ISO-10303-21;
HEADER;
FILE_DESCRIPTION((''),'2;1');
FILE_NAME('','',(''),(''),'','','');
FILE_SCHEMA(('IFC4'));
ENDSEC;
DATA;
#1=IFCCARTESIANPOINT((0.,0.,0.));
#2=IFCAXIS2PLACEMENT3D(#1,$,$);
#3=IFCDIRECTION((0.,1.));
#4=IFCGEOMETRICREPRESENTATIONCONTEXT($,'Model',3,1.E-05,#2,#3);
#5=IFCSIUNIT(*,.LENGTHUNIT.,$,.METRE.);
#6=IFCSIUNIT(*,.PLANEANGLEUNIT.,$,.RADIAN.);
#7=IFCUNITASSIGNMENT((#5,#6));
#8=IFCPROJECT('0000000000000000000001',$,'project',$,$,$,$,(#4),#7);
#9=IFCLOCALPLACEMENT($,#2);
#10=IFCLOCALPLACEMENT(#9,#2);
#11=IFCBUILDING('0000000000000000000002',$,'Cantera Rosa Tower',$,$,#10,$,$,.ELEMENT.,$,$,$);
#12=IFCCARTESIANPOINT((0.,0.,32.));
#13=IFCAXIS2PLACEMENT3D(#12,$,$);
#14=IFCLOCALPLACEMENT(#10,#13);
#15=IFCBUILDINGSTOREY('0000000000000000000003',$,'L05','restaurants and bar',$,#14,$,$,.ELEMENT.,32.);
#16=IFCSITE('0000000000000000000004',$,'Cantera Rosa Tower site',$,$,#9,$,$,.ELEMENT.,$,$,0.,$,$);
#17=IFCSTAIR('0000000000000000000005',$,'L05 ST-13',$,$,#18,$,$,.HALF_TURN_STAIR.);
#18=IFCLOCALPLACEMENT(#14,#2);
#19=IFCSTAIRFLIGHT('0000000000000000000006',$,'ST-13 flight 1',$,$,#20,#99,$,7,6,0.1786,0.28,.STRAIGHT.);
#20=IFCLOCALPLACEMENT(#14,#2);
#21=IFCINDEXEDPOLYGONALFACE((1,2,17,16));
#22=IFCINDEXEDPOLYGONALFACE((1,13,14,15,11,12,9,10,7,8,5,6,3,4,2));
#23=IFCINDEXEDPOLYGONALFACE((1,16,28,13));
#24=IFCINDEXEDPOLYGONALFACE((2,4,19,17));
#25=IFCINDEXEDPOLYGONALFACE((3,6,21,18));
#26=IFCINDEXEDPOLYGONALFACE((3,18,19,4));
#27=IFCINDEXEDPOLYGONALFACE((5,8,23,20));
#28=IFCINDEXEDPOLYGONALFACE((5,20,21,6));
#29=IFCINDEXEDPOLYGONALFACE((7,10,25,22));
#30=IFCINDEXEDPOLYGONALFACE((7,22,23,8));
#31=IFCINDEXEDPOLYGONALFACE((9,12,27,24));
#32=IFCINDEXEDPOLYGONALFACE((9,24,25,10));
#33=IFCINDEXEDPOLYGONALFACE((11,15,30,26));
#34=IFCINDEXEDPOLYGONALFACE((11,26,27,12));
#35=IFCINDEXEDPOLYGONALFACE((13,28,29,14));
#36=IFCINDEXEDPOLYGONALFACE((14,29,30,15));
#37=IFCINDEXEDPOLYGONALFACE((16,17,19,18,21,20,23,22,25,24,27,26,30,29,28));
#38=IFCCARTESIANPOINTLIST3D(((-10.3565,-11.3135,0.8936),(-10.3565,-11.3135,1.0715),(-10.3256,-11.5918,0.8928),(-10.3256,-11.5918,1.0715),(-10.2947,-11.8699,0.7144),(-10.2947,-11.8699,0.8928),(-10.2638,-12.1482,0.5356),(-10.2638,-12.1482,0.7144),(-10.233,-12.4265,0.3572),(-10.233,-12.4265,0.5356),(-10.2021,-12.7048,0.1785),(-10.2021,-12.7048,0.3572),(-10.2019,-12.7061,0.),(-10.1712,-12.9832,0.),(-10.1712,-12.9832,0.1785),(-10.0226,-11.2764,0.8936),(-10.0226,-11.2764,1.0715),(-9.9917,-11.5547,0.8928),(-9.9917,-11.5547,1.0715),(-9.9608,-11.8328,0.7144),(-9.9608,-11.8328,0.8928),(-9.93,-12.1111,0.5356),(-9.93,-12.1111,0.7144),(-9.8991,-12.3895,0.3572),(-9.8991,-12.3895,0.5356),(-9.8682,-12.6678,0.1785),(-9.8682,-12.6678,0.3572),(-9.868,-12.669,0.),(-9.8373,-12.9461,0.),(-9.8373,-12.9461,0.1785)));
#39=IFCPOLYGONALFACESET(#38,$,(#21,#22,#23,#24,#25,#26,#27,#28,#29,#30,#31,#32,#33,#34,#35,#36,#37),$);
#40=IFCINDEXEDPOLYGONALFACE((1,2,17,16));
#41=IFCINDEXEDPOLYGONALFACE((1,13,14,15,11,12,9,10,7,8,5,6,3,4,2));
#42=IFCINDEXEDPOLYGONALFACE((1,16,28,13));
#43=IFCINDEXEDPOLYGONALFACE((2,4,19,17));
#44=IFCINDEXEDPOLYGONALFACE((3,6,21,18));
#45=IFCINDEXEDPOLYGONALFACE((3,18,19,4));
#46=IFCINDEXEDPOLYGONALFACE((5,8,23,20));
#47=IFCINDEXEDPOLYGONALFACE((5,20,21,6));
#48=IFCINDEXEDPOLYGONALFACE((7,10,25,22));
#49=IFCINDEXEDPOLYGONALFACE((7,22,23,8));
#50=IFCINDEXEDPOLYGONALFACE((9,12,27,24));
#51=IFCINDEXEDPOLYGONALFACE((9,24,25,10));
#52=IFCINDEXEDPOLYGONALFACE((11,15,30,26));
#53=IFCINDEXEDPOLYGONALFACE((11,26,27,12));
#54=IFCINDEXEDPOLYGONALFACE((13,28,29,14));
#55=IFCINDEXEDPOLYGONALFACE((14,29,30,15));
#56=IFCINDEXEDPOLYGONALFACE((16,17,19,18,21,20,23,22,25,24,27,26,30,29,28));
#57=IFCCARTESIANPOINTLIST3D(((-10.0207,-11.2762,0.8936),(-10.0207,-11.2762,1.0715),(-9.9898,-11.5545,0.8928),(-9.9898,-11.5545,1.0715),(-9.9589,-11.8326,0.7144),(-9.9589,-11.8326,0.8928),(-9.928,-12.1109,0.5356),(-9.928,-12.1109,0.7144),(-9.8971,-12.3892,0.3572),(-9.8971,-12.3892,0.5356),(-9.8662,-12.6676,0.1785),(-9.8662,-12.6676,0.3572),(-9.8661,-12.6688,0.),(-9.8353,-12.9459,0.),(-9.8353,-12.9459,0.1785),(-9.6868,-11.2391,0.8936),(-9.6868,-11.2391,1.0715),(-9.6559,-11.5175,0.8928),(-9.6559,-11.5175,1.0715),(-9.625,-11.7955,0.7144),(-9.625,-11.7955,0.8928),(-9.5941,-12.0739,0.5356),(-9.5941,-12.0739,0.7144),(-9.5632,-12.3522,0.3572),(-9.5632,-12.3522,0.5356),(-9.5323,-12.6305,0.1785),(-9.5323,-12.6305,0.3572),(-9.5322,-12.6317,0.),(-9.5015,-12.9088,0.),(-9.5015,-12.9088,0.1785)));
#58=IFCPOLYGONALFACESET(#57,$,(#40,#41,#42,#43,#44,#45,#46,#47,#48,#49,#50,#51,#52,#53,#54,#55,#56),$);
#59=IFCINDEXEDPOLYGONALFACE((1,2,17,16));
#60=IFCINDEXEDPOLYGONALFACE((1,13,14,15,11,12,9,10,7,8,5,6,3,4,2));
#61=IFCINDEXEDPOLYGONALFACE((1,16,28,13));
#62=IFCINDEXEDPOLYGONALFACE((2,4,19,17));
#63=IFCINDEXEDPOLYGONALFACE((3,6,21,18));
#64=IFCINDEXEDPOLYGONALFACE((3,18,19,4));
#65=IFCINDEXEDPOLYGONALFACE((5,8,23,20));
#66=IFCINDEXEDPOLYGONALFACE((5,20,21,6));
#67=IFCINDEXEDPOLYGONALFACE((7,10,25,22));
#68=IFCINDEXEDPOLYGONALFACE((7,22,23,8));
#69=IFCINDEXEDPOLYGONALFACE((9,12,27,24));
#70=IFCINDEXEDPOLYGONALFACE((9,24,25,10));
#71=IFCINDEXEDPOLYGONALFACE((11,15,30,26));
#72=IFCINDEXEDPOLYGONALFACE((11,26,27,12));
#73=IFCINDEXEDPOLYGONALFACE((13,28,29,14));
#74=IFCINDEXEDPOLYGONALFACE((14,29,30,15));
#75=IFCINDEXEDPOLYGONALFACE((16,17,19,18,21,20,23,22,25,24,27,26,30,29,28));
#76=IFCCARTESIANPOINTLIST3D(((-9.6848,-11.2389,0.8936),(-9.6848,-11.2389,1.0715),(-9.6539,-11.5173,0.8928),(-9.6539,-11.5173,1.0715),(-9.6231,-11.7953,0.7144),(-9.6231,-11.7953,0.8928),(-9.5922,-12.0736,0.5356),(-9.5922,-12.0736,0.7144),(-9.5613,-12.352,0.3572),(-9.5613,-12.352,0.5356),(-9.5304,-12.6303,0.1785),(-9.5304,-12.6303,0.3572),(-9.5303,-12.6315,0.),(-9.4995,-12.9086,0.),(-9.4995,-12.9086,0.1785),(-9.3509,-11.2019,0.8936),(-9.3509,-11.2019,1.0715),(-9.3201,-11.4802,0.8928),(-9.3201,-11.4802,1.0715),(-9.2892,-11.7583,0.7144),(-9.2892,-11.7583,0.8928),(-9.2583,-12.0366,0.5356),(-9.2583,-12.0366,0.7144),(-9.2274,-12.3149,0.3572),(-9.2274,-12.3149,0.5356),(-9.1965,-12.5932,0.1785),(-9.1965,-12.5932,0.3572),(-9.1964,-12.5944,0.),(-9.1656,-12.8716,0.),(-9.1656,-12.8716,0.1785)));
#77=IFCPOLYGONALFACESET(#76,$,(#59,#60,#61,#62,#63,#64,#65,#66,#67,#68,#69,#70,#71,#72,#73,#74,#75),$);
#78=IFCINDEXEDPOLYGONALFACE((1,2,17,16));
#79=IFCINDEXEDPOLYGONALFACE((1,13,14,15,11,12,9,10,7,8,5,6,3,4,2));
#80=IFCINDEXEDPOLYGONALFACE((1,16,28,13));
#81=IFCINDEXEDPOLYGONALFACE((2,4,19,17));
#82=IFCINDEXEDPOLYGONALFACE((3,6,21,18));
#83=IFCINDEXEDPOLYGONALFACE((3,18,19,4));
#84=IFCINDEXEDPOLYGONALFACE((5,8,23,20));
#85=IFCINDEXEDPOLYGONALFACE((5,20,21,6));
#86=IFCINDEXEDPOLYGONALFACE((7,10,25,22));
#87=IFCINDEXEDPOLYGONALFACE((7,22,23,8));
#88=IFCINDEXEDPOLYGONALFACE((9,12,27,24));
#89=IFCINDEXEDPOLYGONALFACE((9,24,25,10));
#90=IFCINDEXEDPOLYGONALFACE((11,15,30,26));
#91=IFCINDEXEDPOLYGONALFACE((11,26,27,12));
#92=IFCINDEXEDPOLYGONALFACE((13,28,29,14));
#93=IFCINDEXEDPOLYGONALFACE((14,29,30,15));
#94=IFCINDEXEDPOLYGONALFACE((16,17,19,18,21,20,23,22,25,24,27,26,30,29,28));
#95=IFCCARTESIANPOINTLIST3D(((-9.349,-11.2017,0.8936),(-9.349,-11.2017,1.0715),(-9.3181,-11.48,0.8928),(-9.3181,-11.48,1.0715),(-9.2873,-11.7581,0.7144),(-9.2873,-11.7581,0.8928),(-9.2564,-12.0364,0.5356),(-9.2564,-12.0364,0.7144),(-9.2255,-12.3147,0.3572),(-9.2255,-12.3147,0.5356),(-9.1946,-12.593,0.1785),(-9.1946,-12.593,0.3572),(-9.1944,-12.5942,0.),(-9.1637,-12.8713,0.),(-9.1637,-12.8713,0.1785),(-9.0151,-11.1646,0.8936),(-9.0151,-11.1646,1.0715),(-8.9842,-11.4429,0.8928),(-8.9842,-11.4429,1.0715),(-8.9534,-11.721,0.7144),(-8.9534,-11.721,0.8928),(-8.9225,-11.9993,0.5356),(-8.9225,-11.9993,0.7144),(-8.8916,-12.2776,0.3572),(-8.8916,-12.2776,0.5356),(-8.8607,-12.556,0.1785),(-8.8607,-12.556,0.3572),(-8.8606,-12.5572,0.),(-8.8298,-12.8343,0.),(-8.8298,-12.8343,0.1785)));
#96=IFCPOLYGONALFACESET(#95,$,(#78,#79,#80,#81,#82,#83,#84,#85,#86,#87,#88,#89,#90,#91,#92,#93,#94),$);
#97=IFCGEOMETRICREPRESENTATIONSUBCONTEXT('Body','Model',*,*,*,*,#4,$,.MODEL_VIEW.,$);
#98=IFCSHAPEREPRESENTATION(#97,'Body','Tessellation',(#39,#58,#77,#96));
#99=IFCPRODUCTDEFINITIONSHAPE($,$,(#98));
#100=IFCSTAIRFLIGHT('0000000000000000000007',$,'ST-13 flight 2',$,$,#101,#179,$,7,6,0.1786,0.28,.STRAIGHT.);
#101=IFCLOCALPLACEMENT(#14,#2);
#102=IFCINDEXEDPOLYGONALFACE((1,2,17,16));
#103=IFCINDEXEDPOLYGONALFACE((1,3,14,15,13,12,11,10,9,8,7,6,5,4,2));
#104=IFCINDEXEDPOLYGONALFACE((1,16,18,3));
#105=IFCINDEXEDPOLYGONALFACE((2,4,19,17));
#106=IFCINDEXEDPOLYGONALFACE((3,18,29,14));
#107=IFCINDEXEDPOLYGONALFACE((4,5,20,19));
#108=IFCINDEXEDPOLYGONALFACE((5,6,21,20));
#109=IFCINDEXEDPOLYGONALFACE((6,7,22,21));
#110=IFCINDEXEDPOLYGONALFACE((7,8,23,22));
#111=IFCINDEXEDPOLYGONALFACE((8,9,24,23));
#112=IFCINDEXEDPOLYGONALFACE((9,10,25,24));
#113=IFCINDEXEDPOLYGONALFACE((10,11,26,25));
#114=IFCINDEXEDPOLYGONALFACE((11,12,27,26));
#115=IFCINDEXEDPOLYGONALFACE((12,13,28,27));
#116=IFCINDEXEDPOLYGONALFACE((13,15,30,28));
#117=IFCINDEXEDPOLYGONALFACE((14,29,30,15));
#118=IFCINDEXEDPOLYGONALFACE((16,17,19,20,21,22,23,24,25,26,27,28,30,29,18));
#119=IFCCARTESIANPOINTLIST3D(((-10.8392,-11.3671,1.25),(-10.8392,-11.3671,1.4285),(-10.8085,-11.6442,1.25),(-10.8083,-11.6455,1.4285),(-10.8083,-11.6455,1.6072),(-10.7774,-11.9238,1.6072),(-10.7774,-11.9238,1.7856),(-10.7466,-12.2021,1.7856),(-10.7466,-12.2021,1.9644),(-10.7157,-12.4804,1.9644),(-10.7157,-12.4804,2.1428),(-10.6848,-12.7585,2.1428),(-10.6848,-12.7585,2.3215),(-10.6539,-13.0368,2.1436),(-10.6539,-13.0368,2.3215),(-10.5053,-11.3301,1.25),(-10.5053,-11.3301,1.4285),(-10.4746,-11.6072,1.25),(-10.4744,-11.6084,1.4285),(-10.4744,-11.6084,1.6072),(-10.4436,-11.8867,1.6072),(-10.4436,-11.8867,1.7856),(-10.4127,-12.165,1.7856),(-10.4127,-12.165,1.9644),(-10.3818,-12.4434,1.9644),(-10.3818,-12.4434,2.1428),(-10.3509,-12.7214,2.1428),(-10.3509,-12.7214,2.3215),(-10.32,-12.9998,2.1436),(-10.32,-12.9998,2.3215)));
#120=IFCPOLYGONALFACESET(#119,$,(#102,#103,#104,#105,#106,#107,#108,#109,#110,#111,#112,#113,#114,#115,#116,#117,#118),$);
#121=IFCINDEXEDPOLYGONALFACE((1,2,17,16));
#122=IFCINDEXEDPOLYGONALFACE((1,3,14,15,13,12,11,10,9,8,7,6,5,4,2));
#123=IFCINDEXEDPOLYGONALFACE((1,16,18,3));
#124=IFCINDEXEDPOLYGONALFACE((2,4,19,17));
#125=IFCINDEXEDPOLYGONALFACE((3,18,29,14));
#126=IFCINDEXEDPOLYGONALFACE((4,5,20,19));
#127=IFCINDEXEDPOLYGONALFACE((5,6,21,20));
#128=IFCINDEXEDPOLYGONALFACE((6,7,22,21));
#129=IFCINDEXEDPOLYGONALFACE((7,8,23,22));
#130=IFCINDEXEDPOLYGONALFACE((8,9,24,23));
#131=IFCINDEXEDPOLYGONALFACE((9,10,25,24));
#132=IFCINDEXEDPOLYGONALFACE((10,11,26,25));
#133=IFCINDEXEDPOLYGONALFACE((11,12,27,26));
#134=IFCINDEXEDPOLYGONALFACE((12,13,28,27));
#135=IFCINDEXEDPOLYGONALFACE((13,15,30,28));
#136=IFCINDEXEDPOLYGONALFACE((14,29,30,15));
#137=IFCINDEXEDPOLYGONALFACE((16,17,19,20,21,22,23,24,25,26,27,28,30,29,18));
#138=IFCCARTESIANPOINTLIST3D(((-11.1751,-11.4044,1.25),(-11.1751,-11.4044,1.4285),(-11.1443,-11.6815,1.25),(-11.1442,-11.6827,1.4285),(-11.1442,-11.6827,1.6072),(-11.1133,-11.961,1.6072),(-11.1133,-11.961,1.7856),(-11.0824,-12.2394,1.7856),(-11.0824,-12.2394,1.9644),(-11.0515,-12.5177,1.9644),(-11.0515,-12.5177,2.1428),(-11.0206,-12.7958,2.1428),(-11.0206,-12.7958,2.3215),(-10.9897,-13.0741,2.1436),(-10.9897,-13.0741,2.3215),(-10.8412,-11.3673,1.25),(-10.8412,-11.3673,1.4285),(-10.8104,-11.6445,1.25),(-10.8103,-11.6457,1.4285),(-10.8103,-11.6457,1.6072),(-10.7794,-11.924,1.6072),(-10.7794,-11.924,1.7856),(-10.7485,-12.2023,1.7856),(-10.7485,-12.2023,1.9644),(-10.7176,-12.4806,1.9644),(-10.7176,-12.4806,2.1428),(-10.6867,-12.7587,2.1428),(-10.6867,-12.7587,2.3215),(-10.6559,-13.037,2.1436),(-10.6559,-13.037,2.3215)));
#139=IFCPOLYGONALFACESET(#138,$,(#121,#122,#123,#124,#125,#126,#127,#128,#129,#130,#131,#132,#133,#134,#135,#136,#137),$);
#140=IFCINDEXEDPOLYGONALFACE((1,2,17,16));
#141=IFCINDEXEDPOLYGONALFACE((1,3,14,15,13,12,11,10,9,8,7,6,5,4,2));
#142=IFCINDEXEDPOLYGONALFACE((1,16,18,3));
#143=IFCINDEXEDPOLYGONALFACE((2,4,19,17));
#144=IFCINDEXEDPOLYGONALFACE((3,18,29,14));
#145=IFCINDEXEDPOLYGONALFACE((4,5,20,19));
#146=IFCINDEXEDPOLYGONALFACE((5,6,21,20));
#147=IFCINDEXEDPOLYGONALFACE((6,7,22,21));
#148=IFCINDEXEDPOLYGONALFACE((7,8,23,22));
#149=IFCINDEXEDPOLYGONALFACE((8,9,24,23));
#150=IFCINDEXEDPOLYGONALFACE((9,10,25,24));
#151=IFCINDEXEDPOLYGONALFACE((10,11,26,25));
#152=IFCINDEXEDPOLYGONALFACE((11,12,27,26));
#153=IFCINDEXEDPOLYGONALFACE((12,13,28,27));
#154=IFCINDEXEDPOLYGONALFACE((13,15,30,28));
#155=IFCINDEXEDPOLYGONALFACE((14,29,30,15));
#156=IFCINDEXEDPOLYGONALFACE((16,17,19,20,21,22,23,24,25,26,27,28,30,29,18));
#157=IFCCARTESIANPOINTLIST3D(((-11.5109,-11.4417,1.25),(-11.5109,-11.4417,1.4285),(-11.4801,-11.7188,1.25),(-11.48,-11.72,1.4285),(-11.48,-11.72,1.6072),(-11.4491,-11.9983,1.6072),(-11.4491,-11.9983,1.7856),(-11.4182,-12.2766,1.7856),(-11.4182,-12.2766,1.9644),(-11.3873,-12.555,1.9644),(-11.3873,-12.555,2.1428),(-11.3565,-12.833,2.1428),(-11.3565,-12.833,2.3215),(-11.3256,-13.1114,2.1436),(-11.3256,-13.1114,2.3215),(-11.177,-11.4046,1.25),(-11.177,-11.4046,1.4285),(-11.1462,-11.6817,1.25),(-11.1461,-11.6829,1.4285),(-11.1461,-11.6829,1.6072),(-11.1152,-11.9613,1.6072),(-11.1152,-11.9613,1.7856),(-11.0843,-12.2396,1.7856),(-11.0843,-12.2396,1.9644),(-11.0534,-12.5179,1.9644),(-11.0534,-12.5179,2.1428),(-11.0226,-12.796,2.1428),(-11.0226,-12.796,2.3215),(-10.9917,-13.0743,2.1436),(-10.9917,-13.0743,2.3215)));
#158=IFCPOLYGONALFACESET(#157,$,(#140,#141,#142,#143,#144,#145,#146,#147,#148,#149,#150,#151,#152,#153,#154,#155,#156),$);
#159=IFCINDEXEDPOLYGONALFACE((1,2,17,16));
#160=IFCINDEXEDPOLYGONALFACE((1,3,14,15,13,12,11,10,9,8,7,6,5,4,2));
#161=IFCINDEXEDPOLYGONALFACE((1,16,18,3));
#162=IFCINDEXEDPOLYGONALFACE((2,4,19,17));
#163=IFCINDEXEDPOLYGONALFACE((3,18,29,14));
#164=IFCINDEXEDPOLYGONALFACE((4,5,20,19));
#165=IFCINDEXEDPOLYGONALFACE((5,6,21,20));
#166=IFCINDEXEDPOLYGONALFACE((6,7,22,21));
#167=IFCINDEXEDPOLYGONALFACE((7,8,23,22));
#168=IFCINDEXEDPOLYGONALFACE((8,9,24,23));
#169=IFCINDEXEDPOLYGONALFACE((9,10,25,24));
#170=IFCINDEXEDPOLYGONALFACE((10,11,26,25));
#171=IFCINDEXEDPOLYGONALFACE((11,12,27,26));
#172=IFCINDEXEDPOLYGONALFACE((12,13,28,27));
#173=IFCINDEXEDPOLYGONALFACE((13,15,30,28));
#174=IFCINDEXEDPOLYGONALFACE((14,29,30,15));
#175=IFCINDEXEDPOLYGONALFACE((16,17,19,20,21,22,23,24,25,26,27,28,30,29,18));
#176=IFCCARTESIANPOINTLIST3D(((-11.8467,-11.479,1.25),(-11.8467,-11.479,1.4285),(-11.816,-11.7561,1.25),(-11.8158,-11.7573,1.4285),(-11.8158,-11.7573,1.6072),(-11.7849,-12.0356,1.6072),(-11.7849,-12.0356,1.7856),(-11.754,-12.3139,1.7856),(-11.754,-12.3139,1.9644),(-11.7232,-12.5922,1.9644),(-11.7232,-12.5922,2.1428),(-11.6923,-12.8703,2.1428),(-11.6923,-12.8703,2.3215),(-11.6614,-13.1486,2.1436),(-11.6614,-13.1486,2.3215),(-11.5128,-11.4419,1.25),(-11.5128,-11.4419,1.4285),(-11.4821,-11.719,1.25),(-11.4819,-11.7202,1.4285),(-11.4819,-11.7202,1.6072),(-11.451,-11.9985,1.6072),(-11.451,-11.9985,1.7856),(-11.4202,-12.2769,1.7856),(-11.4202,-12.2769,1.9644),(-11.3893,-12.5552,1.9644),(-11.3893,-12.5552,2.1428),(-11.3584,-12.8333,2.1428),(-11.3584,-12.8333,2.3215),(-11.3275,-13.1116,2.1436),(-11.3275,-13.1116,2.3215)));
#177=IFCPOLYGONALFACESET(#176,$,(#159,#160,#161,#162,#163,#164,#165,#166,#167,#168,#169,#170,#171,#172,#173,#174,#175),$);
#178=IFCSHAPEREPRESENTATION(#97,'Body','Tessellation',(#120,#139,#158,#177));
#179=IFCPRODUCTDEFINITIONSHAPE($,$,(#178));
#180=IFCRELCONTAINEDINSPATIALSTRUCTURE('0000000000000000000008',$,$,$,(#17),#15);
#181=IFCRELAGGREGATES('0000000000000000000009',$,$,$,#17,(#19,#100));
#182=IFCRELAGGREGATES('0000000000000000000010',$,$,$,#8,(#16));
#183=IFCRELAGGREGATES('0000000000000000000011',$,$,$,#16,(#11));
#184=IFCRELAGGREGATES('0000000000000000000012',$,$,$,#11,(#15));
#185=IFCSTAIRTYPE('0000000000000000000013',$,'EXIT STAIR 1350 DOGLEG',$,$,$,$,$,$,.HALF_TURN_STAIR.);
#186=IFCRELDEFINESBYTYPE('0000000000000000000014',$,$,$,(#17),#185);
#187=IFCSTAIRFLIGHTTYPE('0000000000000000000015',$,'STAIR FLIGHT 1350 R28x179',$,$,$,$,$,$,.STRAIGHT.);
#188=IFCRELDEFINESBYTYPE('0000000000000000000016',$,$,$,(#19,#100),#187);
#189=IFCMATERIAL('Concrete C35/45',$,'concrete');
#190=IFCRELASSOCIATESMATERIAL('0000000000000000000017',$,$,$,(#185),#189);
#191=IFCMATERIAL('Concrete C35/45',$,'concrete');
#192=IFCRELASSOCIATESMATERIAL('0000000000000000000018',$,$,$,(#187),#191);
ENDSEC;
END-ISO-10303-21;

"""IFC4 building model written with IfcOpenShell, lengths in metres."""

from ifc_helpers import new_model, si_unit, direction, frame, origin, place, context, subcontext, project, spatial, polyline, outline, extrude, material, type_object, element, aggregate, save


model = new_model("IFC4")

# Units and contexts
model_context = context("Model", 3, precision=1e-05, world=origin(), true_north=direction((0.0, 1.0)))
body_context = subcontext(model_context, "Body", "Model", "MODEL_VIEW")
ifc_project = project(units=[si_unit("LENGTHUNIT", "METRE"), si_unit("PLANEANGLEUNIT", "RADIAN")], contexts=[model_context])

# Site, building, storey
site_placement = place(None, origin())
site = spatial("IfcSite", under=ifc_project, at=site_placement, Name="Cantera Rosa Tower site", CompositionType="ELEMENT", RefElevation=0.0)
building_placement = place(site_placement, origin())
building = spatial("IfcBuilding", under=site, at=building_placement, Name="Cantera Rosa Tower", CompositionType="ELEMENT")
storey_placement = place(building_placement, frame((0.0, 0.0, 32.0)))
storey = spatial("IfcBuildingStorey", under=building, at=storey_placement, Name="L05", Description="restaurants and bar", CompositionType="ELEMENT", Elevation=32.0)

# Stair, stair flights
ifc_material_1 = material(Name="Concrete C35/45", Category="concrete")
stair_type = type_object("IfcStairType", Name="EXIT STAIR 1350 DOGLEG", PredefinedType="HALF_TURN_STAIR", material=ifc_material_1)
stair_placement = place(storey_placement, origin())
stair = element("IfcStair", 1, at=stair_placement, inside=storey, type_object=stair_type, Name="L05 ST-13", PredefinedType="HALF_TURN_STAIR")
ifc_material_2 = material(Name="Concrete C35/45", Category="concrete")
stair_flight_type = type_object("IfcStairFlightType", Name="STAIR FLIGHT 1350 R28x179", PredefinedType="STRAIGHT", material=ifc_material_2)
stair_flight_1_placement = place(storey_placement, frame((-9.5002, -12.9087, 0.0), z_axis=(0.0, 0.0, 1.0), x_axis=(-0.110313, 0.993897, 0.0)))
stair_flight_1 = element("IfcStairFlight", 2, at=stair_flight_1_placement, type_object=stair_flight_type, Name="ST-13 flight 1", NumberOfRisers=7, NumberOfTreads=6, PredefinedType="STRAIGHT", RiserHeight=0.1786, TreadLength=0.28, context=body_context, shape_type="SweptSolid", body=[
    extrude(outline(polyline([(0.0, 0.0), (0.0, 0.1785), (0.28, 0.1785), (0.28, 0.3572), (0.5601, 0.3572), (0.5601, 0.5356), (0.8401, 0.5356), (0.8401, 0.7144), (1.1201, 0.7144), (1.1201, 0.8928), (1.3999, 0.8928), (1.3999, 1.0715), (1.6799, 1.0715), (1.6799, 1.25), (1.6799, 0.8936), (0.2788, 0.0), (0.0, 0.0)])), frame((0.0, 0.675, 0.0), z_axis=(0.0, -1.0, 0.0), x_axis=(1.0, 0.0, 0.0)), (0.0, 0.0, 1.0), 0.3359),
    extrude(outline(polyline([(0.0, 0.0), (0.0, 0.1785), (0.28, 0.1785), (0.28, 0.3572), (0.5601, 0.3572), (0.5601, 0.5356), (0.8401, 0.5356), (0.8401, 0.7144), (1.1201, 0.7144), (1.1201, 0.8928), (1.3999, 0.8928), (1.3999, 1.0715), (1.6799, 1.0715), (1.6799, 1.25), (1.6799, 0.8936), (0.2788, 0.0), (0.0, 0.0)])), frame((0.0, 0.3372, 0.0), z_axis=(0.0, -1.0, 0.0), x_axis=(1.0, 0.0, 0.0)), (0.0, 0.0, 1.0), 0.3359),
    extrude(outline(polyline([(0.0, 0.0), (0.0, 0.1785), (0.28, 0.1785), (0.28, 0.3572), (0.5601, 0.3572), (0.5601, 0.5356), (0.8401, 0.5356), (0.8401, 0.7144), (1.1201, 0.7144), (1.1201, 0.8928), (1.3999, 0.8928), (1.3999, 1.0715), (1.6799, 1.0715), (1.6799, 1.25), (1.6799, 0.8936), (0.2788, 0.0), (0.0, 0.0)])), frame((0.0, -0.0007, 0.0), z_axis=(0.0, -1.0, 0.0), x_axis=(1.0, 0.0, 0.0)), (0.0, 0.0, 1.0), 0.3359),
    extrude(outline(polyline([(0.0, 0.0), (0.0, 0.1785), (0.28, 0.1785), (0.28, 0.3572), (0.5601, 0.3572), (0.5601, 0.5356), (0.8401, 0.5356), (0.8401, 0.7144), (1.1201, 0.7144), (1.1201, 0.8928), (1.3999, 0.8928), (1.3999, 1.0715), (1.6799, 1.0715), (1.6799, 1.25), (1.6799, 0.8936), (0.2788, 0.0), (0.0, 0.0)])), frame((0.0, -0.3386, 0.0), z_axis=(0.0, -1.0, 0.0), x_axis=(1.0, 0.0, 0.0)), (0.0, 0.0, 1.0), 0.3359),
])
stair_flight_2_placement = place(storey_placement, frame((-11.1763, -11.4045, 1.25), z_axis=(0.0, 0.0, 1.0), x_axis=(0.110313, -0.993897, 0.0)))
stair_flight_2 = element("IfcStairFlight", 3, at=stair_flight_2_placement, type_object=stair_flight_type, Name="ST-13 flight 2", NumberOfRisers=7, NumberOfTreads=6, PredefinedType="STRAIGHT", RiserHeight=0.1786, TreadLength=0.28, context=body_context, shape_type="SweptSolid", body=[
    extrude(outline(polyline([(0.0, 0.0), (0.0, 0.1785), (0.28, 0.1785), (0.28, 0.3572), (0.5601, 0.3572), (0.5601, 0.5356), (0.8401, 0.5356), (0.8401, 0.7144), (1.1201, 0.7144), (1.1201, 0.8928), (1.3999, 0.8928), (1.3999, 1.0715), (1.6799, 1.0715), (1.6799, 1.25), (1.6799, 0.8936), (0.2788, 0.0), (0.0, 0.0)])), frame((0.0, 0.675, 0.0), z_axis=(0.0, -1.0, 0.0), x_axis=(1.0, 0.0, 0.0)), (0.0, 0.0, 1.0), 0.3359),
    extrude(outline(polyline([(0.0, 0.0), (0.0, 0.1785), (0.28, 0.1785), (0.28, 0.3572), (0.5601, 0.3572), (0.5601, 0.5356), (0.8401, 0.5356), (0.8401, 0.7144), (1.1201, 0.7144), (1.1201, 0.8928), (1.3999, 0.8928), (1.3999, 1.0715), (1.6799, 1.0715), (1.6799, 1.25), (1.6799, 0.8936), (0.2788, 0.0), (0.0, 0.0)])), frame((0.0, 0.3372, 0.0), z_axis=(0.0, -1.0, 0.0), x_axis=(1.0, 0.0, 0.0)), (0.0, 0.0, 1.0), 0.3359),
    extrude(outline(polyline([(0.0, 0.0), (0.0, 0.1785), (0.28, 0.1785), (0.28, 0.3572), (0.5601, 0.3572), (0.5601, 0.5356), (0.8401, 0.5356), (0.8401, 0.7144), (1.1201, 0.7144), (1.1201, 0.8928), (1.3999, 0.8928), (1.3999, 1.0715), (1.6799, 1.0715), (1.6799, 1.25), (1.6799, 0.8936), (0.2788, 0.0), (0.0, 0.0)])), frame((0.0, -0.0007, 0.0), z_axis=(0.0, -1.0, 0.0), x_axis=(1.0, 0.0, 0.0)), (0.0, 0.0, 1.0), 0.3359),
    extrude(outline(polyline([(0.0, 0.0), (0.0, 0.1785), (0.28, 0.1785), (0.28, 0.3572), (0.5601, 0.3572), (0.5601, 0.5356), (0.8401, 0.5356), (0.8401, 0.7144), (1.1201, 0.7144), (1.1201, 0.8928), (1.3999, 0.8928), (1.3999, 1.0715), (1.6799, 1.0715), (1.6799, 1.25), (1.6799, 0.8936), (0.2788, 0.0), (0.0, 0.0)])), frame((0.0, -0.3386, 0.0), z_axis=(0.0, -1.0, 0.0), x_axis=(1.0, 0.0, 0.0)), (0.0, 0.0, 1.0), 0.3359),
])
aggregate(stair, [stair_flight_1, stair_flight_2])

save(model, "model.ifc")
